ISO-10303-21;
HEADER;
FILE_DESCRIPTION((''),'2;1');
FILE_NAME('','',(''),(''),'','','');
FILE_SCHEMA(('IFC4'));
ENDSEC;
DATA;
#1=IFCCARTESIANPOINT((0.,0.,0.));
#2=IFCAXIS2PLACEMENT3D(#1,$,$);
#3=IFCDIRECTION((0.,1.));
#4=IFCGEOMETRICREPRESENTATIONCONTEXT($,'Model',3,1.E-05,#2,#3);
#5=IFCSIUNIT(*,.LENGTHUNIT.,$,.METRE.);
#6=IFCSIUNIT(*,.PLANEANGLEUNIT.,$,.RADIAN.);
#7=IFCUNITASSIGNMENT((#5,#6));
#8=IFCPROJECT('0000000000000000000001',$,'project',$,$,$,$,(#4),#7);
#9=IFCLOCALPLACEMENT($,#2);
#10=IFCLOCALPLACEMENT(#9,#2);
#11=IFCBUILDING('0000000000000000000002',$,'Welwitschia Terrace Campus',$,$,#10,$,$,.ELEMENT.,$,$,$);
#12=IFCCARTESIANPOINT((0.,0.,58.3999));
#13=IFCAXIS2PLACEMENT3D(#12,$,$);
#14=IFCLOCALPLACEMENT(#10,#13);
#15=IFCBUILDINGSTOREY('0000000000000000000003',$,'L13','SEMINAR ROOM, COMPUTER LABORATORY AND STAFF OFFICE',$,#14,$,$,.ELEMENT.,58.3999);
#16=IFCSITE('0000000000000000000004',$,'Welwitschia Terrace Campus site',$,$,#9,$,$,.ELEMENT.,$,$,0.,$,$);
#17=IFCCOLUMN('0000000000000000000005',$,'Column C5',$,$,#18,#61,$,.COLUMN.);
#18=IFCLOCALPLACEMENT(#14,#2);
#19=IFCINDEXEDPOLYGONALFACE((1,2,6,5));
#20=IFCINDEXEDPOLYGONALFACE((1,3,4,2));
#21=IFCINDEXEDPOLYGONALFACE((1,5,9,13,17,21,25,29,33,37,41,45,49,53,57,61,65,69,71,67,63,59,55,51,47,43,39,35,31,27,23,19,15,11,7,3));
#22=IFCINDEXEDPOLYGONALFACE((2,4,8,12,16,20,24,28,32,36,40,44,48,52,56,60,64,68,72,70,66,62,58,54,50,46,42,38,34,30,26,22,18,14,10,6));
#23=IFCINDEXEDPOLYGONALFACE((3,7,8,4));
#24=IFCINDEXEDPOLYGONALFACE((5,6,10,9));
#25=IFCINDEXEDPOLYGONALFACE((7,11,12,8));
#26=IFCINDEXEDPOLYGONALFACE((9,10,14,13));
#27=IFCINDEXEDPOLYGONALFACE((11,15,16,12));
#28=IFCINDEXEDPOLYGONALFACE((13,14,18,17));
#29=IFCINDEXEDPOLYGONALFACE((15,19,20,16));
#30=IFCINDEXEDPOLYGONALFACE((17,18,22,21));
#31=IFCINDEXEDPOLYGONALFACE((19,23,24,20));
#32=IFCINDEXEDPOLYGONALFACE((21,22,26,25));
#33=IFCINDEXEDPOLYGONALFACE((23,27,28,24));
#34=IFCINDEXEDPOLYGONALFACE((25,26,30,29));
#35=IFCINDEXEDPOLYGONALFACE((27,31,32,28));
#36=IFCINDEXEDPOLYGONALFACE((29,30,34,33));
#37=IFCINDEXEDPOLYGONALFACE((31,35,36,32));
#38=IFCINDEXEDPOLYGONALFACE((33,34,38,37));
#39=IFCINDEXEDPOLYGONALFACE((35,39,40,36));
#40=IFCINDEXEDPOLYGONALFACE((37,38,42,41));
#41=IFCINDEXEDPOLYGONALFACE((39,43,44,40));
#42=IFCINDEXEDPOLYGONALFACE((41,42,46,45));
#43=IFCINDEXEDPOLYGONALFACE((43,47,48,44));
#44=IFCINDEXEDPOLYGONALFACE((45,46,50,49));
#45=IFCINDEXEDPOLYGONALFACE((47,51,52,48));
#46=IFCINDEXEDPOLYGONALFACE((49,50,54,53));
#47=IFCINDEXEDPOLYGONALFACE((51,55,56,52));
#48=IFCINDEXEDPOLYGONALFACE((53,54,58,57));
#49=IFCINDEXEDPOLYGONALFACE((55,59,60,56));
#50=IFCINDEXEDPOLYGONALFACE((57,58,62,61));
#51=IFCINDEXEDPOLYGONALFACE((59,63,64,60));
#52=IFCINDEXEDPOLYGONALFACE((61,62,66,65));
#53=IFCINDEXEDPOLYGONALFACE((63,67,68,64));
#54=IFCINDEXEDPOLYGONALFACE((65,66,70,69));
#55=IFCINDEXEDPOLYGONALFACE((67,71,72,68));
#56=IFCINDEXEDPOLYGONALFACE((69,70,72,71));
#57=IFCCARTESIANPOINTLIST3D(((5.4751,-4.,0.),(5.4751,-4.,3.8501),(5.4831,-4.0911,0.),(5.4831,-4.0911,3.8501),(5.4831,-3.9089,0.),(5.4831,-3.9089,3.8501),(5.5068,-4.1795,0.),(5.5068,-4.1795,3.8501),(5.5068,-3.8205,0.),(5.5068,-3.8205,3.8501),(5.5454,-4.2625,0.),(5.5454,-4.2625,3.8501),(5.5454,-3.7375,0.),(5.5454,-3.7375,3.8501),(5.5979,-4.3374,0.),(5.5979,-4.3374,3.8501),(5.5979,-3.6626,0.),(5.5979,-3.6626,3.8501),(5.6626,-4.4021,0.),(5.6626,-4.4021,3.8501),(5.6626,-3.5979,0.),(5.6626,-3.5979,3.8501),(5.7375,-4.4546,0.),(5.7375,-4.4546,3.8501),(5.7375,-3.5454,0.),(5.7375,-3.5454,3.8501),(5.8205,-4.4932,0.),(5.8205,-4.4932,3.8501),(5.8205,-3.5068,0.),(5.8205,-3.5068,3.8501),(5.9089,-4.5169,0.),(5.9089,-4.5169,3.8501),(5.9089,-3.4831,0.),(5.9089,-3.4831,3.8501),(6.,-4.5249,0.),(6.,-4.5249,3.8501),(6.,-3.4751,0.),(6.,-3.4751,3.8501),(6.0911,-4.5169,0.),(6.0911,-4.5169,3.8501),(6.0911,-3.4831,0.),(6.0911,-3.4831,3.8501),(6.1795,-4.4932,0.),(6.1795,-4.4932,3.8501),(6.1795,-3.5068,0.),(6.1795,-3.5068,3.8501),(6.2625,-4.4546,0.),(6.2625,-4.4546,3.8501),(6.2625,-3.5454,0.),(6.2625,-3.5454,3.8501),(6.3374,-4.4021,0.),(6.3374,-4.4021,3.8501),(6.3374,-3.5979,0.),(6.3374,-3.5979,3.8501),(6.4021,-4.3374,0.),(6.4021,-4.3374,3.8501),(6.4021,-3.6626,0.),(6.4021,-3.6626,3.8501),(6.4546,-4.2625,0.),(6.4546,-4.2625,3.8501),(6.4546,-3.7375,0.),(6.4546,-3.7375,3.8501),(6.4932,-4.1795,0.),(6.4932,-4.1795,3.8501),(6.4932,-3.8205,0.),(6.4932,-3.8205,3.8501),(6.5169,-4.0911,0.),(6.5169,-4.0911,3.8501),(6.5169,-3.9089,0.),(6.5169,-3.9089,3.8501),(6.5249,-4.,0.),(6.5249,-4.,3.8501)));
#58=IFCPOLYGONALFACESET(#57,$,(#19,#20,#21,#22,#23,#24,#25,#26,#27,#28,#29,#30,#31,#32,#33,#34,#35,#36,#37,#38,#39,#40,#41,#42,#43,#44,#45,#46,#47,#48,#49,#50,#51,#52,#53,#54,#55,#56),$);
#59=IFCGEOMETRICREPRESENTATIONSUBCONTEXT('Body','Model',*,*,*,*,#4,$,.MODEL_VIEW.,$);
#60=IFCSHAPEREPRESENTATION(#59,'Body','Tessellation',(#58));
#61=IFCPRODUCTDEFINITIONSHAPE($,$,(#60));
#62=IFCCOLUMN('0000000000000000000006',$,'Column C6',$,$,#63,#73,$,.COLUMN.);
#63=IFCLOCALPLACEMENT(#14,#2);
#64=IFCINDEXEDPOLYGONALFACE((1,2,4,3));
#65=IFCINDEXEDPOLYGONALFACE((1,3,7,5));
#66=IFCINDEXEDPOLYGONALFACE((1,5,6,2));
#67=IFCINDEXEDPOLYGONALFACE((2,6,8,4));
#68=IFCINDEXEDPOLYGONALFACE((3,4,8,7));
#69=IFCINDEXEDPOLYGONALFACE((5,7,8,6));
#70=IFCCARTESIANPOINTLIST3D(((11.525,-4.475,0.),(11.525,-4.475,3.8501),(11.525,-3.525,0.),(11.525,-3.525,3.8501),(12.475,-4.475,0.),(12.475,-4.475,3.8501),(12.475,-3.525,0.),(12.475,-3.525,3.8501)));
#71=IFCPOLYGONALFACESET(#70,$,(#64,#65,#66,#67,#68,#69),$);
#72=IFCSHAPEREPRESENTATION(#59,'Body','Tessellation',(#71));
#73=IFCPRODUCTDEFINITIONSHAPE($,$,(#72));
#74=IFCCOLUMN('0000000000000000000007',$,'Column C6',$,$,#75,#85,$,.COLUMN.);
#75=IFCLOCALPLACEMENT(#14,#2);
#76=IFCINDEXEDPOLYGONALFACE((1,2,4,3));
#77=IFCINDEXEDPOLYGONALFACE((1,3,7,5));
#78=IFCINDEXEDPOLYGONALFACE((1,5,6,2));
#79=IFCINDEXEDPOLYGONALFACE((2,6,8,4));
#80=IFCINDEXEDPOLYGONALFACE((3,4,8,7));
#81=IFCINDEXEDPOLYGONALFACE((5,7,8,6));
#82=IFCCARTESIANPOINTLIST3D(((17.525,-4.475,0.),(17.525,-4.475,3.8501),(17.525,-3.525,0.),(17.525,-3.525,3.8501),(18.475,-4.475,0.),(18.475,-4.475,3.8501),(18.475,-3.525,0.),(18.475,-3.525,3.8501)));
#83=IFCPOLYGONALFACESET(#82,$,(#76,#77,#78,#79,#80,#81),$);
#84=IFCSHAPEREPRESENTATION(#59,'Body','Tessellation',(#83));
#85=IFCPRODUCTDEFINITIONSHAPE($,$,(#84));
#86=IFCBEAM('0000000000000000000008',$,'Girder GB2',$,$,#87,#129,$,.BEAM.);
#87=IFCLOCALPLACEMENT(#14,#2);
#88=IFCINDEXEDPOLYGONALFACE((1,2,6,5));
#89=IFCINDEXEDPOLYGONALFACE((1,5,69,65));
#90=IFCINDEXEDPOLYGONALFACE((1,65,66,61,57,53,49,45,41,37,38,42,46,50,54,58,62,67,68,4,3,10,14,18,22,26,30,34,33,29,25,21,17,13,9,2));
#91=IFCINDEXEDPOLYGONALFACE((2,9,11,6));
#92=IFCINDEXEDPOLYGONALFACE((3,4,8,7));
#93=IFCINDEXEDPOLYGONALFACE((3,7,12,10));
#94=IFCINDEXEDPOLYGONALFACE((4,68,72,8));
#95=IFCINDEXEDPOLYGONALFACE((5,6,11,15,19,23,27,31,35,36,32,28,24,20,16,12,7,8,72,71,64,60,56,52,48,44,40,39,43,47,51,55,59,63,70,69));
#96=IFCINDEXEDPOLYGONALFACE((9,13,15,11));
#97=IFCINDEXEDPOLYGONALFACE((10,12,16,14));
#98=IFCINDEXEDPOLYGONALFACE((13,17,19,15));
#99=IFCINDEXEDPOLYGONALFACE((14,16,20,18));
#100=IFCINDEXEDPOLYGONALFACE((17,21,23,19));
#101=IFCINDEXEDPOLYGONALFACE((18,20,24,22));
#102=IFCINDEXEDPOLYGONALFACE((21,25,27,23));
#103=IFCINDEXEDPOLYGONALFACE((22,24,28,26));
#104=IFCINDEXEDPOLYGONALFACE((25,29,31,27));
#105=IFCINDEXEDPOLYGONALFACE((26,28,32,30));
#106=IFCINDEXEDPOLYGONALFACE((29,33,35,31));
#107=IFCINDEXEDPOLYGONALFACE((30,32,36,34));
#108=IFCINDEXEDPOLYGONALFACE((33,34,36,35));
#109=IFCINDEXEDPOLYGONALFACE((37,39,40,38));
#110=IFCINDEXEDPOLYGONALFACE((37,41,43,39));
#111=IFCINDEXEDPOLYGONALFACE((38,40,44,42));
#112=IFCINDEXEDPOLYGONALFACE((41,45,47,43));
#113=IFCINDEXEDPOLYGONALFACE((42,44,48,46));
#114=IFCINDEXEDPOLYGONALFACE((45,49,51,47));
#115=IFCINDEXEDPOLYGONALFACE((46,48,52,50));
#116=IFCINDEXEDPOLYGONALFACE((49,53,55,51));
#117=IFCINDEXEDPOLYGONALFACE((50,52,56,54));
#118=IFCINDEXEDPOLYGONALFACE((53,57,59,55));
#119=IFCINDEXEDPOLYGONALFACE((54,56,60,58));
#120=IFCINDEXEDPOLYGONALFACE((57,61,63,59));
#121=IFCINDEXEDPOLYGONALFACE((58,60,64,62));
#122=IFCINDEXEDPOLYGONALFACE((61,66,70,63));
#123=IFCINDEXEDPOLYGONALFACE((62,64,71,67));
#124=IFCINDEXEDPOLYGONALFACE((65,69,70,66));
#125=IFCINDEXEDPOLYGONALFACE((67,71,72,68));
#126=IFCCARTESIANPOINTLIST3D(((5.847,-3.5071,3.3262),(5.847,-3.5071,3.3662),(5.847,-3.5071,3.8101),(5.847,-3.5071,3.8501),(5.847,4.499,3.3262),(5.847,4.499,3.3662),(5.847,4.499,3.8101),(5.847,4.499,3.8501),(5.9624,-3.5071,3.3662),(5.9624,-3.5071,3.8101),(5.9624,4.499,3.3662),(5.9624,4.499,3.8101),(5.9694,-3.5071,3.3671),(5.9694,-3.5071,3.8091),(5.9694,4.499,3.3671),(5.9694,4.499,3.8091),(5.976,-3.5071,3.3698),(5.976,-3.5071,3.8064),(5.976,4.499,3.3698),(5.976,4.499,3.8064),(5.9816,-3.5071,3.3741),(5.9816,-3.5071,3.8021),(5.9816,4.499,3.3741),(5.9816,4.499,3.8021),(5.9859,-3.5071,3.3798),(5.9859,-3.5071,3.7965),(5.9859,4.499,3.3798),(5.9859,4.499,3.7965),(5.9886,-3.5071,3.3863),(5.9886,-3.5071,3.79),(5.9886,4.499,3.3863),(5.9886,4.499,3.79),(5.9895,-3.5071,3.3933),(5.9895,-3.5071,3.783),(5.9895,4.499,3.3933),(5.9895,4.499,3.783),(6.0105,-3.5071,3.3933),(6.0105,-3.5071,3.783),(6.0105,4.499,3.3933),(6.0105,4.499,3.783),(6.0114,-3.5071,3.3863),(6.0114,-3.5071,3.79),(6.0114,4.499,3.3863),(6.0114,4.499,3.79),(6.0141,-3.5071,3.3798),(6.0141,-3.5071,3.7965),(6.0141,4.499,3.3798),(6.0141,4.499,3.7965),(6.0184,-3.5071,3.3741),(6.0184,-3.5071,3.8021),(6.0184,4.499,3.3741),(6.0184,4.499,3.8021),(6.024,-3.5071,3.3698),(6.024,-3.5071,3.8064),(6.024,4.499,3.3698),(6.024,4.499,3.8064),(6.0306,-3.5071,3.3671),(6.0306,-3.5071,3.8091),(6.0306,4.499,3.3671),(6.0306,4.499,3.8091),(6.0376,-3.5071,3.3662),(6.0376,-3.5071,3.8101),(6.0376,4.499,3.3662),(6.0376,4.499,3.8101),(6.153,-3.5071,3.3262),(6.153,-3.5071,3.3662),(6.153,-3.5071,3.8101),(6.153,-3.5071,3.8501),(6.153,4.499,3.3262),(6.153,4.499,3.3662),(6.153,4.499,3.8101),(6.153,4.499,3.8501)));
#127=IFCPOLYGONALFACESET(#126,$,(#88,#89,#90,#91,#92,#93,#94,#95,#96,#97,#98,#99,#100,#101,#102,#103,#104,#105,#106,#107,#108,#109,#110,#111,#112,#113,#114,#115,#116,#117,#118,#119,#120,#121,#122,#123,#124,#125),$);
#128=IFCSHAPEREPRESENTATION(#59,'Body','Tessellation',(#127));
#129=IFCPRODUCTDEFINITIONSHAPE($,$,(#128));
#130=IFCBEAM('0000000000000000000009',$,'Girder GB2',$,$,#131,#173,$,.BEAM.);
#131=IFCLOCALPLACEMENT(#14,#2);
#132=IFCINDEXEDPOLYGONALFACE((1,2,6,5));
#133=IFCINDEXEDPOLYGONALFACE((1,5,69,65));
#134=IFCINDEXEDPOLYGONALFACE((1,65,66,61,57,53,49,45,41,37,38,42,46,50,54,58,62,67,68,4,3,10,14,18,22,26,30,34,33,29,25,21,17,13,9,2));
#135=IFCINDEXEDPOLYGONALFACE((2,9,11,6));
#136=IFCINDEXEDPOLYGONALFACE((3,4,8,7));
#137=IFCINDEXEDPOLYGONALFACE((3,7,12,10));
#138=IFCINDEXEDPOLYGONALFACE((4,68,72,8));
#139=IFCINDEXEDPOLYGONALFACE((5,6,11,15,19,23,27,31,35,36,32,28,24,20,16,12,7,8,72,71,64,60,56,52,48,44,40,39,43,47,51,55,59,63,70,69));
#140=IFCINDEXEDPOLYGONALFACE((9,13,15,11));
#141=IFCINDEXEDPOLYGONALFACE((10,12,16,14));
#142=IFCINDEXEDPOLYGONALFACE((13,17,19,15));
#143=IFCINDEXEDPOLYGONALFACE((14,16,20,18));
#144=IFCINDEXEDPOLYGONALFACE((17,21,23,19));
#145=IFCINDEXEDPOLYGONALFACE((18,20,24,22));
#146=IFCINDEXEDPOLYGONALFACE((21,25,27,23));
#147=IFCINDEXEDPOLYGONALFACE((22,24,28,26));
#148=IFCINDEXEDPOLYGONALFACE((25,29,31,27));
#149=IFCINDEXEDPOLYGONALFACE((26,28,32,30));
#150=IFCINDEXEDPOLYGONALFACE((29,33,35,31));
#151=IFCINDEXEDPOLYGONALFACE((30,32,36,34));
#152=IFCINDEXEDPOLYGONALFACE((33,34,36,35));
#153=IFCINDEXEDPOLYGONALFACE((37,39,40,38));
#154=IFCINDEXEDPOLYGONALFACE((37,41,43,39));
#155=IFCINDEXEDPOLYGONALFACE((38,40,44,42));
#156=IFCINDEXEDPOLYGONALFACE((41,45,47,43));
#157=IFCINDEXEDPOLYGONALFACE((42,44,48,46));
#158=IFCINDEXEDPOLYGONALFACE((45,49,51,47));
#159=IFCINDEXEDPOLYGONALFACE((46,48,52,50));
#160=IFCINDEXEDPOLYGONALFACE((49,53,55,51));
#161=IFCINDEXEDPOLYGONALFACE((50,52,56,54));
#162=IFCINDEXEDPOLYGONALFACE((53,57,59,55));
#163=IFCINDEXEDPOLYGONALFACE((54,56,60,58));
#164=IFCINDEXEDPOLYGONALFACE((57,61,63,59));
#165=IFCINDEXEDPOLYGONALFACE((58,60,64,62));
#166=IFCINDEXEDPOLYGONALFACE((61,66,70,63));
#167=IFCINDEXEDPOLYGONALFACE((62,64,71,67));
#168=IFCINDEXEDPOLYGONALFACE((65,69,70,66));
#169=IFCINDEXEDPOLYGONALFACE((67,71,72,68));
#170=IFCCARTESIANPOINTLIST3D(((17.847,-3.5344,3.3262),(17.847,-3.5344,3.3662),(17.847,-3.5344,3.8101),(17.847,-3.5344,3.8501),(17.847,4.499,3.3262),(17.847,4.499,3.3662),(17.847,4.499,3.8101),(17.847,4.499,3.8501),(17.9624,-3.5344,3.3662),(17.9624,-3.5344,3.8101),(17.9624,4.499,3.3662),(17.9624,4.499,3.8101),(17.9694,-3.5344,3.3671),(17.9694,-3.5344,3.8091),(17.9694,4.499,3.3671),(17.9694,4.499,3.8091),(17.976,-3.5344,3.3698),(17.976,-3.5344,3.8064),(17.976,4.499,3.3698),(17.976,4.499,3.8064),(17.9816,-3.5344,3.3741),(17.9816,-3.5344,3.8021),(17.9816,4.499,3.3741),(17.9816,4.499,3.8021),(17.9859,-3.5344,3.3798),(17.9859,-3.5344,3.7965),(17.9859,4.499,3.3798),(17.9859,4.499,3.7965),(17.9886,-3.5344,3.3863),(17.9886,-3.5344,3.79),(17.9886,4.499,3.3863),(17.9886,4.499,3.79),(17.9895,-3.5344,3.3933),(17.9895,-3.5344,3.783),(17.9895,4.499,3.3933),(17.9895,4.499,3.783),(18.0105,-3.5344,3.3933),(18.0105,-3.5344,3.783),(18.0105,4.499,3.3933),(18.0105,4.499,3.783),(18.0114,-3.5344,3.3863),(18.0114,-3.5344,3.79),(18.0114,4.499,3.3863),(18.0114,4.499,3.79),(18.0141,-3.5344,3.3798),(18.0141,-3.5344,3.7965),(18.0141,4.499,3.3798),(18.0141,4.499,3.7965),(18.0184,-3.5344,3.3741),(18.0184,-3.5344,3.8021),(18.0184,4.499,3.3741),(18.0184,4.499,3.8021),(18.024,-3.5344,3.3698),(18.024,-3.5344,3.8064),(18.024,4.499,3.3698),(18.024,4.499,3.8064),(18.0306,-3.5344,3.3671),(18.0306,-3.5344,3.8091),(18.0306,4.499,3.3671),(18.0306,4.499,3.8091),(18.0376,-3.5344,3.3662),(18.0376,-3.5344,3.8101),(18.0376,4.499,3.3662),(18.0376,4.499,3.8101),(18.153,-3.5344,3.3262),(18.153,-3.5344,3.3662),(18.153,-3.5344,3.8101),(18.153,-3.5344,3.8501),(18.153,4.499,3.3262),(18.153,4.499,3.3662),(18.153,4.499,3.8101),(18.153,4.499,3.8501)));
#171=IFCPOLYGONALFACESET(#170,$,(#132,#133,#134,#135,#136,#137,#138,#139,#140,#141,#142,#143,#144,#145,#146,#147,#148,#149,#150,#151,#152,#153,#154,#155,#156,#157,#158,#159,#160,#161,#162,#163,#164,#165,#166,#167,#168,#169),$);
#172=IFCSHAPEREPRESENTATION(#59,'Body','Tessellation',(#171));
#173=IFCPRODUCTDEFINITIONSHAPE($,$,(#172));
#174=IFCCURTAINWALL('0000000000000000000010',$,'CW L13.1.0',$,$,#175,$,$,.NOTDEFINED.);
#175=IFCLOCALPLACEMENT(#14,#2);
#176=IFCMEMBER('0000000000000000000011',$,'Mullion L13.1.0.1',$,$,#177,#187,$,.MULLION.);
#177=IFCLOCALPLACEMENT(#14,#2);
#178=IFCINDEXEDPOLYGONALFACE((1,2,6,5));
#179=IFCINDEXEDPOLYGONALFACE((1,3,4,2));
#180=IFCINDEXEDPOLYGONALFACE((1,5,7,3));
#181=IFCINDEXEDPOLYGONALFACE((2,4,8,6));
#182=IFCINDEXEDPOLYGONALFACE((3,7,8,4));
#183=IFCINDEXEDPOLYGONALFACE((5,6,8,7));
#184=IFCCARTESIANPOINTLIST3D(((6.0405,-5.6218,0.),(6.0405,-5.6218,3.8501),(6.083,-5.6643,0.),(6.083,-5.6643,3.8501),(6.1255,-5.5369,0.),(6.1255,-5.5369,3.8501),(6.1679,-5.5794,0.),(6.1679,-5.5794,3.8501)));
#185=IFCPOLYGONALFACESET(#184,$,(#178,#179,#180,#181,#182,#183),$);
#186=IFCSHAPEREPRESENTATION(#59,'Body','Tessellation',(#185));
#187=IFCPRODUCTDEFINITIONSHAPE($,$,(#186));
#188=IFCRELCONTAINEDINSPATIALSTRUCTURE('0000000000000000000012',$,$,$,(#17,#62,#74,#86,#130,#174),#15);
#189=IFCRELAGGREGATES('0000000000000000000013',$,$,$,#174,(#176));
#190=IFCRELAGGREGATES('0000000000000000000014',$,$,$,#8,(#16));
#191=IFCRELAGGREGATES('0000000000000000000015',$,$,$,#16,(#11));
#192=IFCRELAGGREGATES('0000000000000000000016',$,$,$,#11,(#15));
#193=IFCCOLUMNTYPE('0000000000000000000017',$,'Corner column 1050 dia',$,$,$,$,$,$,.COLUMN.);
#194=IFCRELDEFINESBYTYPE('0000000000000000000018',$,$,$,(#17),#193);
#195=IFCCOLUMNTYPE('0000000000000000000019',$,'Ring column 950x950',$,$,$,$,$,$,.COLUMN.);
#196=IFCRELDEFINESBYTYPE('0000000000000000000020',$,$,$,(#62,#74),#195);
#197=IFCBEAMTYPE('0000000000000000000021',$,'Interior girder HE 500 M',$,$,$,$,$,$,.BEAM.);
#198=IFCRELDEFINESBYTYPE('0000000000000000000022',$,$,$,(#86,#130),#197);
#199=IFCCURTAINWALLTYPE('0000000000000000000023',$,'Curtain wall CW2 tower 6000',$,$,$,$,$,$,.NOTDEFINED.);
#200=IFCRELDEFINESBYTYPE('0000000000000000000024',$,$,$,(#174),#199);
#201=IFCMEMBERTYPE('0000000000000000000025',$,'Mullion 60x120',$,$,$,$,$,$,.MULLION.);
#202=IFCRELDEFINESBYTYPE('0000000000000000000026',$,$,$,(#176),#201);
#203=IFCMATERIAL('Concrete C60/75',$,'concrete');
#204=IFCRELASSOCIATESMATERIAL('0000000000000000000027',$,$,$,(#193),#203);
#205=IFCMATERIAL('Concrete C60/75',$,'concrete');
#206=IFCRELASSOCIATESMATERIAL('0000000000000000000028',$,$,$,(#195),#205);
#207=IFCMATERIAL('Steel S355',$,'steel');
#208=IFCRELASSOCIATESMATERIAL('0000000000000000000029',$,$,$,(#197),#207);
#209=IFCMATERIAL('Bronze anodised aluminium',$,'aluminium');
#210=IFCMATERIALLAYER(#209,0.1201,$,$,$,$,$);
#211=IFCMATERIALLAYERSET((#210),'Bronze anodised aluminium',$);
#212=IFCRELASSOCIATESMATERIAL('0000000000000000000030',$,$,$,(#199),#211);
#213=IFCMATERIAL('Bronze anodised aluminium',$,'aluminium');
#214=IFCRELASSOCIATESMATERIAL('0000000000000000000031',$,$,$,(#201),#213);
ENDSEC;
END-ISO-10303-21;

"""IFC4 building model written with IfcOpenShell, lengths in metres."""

from ifc_helpers import new_model, si_unit, direction, frame, origin, origin_2d, place, context, subcontext, project, spatial, rectangle, circle, i_section, extrude, material, layer, layer_set, material_profile, profile_set, type_object, element, aggregate, save


model = new_model("IFC4")

# Units and contexts
model_context = context("Model", 3, precision=1e-05, world=origin(), true_north=direction((0.0, 1.0)))
body_context = subcontext(model_context, "Body", "Model", "MODEL_VIEW")
ifc_project = project(units=[si_unit("LENGTHUNIT", "METRE"), si_unit("PLANEANGLEUNIT", "RADIAN")], contexts=[model_context])

# Site, building, storey
site_placement = place(None, origin())
site = spatial("IfcSite", under=ifc_project, at=site_placement, Name="Welwitschia Terrace Campus site", CompositionType="ELEMENT", RefElevation=0.0)
building_placement = place(site_placement, origin())
building = spatial("IfcBuilding", under=site, at=building_placement, Name="Welwitschia Terrace Campus", CompositionType="ELEMENT")
storey_placement = place(building_placement, frame((0.0, 0.0, 58.3999)))
storey = spatial("IfcBuildingStorey", under=building, at=storey_placement, Name="L13", Description="SEMINAR ROOM, COMPUTER LABORATORY AND STAFF OFFICE", CompositionType="ELEMENT", Elevation=58.3999)

# Columns
ifc_material_1 = material(Name="Concrete C60/75", Category="concrete")
ifc_material_profile_1 = material_profile(ifc_material_1, circle(Radius=0.5249, at=origin_2d()))
ifc_profile_set_1 = profile_set([ifc_material_profile_1], Name="Concrete C60/75")
column_type_1 = type_object("IfcColumnType", Name="Corner column 1050 dia", PredefinedType="COLUMN", material=ifc_profile_set_1)
column_placement = place(storey_placement, frame((6.0, -4.0, 0.0), z_axis=(0.0, 0.0, 1.0), x_axis=(1.0, 0.0, 0.0)))
element("IfcColumn", 1, at=column_placement, inside=storey, type_object=column_type_1, Name="Column C5", PredefinedType="COLUMN", context=body_context, shape_type="SweptSolid", body=[
    extrude(circle(Radius=0.5249, at=origin_2d()), origin(), (0.0, 0.0, 1.0), 3.8501),
])
ifc_material_2 = material(Name="Concrete C60/75", Category="concrete")
ifc_material_profile_2 = material_profile(ifc_material_2, rectangle(XDim=0.95, YDim=0.95, at=origin_2d()))
ifc_profile_set_2 = profile_set([ifc_material_profile_2], Name="Concrete C60/75")
column_type_2 = type_object("IfcColumnType", Name="Ring column 950x950", PredefinedType="COLUMN", material=ifc_profile_set_2)
for number, where, z_axis, x_axis, name in (
    (2, (12.0, -4.0, 0.0), (0.0, 0.0, 1.0), (1.0, 0.0, 0.0), "Column C6"),
    (3, (18.0, -4.0, 0.0), (0.0, 0.0, 1.0), (1.0, 0.0, 0.0), "Column C6"),
):
    element("IfcColumn", number, at=place(storey_placement, frame(where, z_axis=z_axis, x_axis=x_axis)), inside=storey, type_object=column_type_2, Name=name, PredefinedType="COLUMN", context=body_context, shape_type="SweptSolid", body=[
        extrude(rectangle(XDim=0.95, YDim=0.95, at=origin_2d()), origin(), (0.0, 0.0, 1.0), 3.8501),
    ])

# Beams
ifc_material_3 = material(Name="Steel S355", Category="steel")
ifc_material_profile_3 = material_profile(ifc_material_3, i_section(OverallWidth=0.3059, OverallDepth=0.5239, WebThickness=0.021, FlangeThickness=0.04, FilletRadius=0.0271, at=origin_2d()))
ifc_profile_set_3 = profile_set([ifc_material_profile_3], Name="Steel S355")
beam_type_1 = type_object("IfcBeamType", Name="Interior girder HE 500 M", PredefinedType="BEAM", material=ifc_profile_set_3)
beam_1_placement = place(storey_placement, frame((6.0, -3.5071, 3.5881), z_axis=(0.0, 1.0, 0.0), x_axis=(-1.0, 0.0, 0.0)))
element("IfcBeam", 4, at=beam_1_placement, inside=storey, type_object=beam_type_1, Name="Girder GB2", PredefinedType="BEAM", context=body_context, shape_type="SweptSolid", body=[
    extrude(i_section(OverallWidth=0.3059, OverallDepth=0.5239, WebThickness=0.021, FlangeThickness=0.04, FilletRadius=0.0271, at=origin_2d()), origin(), (0.0, 0.0, 1.0), 8.0061),
])
beam_2_placement = place(storey_placement, frame((18.0, -3.5344, 3.5881), z_axis=(0.0, 1.0, 0.0), x_axis=(-1.0, 0.0, 0.0)))
element("IfcBeam", 5, at=beam_2_placement, inside=storey, type_object=beam_type_1, Name="Girder GB2", PredefinedType="BEAM", context=body_context, shape_type="SweptSolid", body=[
    extrude(i_section(OverallWidth=0.3059, OverallDepth=0.5239, WebThickness=0.021, FlangeThickness=0.04, FilletRadius=0.0271, at=origin_2d()), origin(), (0.0, 0.0, 1.0), 8.0334),
])

# Curtain wall, member
ifc_material_4 = material(Name="Bronze anodised aluminium", Category="aluminium")
ifc_layer_1 = layer(ifc_material_4, 0.1201)
ifc_layer_set_1 = layer_set([ifc_layer_1], Name="Bronze anodised aluminium")
curtain_wall_type = type_object("IfcCurtainWallType", Name="Curtain wall CW2 tower 6000", PredefinedType="NOTDEFINED", material=ifc_layer_set_1)
curtain_wall_1_placement = place(storey_placement, origin())
curtain_wall_1 = element("IfcCurtainWall", 6, at=curtain_wall_1_placement, inside=storey, type_object=curtain_wall_type, Name="CW L13.1.0", PredefinedType="NOTDEFINED")
ifc_material_5 = material(Name="Bronze anodised aluminium", Category="aluminium")
ifc_material_profile_4 = material_profile(ifc_material_5, rectangle(XDim=0.1201, YDim=0.0601, at=origin_2d()))
ifc_profile_set_4 = profile_set([ifc_material_profile_4], Name="Bronze anodised aluminium")
member_type_1 = type_object("IfcMemberType", Name="Mullion 60x120", PredefinedType="MULLION", material=ifc_profile_set_4)
member_1_placement = place(storey_placement, frame((6.1042, -5.6006, 0.0), z_axis=(0.0, 0.0, 1.0), x_axis=(0.707107, 0.707107, 0.0)))
member_1 = element("IfcMember", 7, at=member_1_placement, type_object=member_type_1, Name="Mullion L13.1.0.1", PredefinedType="MULLION", context=body_context, shape_type="SweptSolid", body=[
    extrude(rectangle(XDim=0.1201, YDim=0.0601, at=origin_2d()), origin(), (0.0, 0.0, 1.0), 3.8501),
])

aggregate(curtain_wall_1, [member_1])

save(model, "model.ifc")
